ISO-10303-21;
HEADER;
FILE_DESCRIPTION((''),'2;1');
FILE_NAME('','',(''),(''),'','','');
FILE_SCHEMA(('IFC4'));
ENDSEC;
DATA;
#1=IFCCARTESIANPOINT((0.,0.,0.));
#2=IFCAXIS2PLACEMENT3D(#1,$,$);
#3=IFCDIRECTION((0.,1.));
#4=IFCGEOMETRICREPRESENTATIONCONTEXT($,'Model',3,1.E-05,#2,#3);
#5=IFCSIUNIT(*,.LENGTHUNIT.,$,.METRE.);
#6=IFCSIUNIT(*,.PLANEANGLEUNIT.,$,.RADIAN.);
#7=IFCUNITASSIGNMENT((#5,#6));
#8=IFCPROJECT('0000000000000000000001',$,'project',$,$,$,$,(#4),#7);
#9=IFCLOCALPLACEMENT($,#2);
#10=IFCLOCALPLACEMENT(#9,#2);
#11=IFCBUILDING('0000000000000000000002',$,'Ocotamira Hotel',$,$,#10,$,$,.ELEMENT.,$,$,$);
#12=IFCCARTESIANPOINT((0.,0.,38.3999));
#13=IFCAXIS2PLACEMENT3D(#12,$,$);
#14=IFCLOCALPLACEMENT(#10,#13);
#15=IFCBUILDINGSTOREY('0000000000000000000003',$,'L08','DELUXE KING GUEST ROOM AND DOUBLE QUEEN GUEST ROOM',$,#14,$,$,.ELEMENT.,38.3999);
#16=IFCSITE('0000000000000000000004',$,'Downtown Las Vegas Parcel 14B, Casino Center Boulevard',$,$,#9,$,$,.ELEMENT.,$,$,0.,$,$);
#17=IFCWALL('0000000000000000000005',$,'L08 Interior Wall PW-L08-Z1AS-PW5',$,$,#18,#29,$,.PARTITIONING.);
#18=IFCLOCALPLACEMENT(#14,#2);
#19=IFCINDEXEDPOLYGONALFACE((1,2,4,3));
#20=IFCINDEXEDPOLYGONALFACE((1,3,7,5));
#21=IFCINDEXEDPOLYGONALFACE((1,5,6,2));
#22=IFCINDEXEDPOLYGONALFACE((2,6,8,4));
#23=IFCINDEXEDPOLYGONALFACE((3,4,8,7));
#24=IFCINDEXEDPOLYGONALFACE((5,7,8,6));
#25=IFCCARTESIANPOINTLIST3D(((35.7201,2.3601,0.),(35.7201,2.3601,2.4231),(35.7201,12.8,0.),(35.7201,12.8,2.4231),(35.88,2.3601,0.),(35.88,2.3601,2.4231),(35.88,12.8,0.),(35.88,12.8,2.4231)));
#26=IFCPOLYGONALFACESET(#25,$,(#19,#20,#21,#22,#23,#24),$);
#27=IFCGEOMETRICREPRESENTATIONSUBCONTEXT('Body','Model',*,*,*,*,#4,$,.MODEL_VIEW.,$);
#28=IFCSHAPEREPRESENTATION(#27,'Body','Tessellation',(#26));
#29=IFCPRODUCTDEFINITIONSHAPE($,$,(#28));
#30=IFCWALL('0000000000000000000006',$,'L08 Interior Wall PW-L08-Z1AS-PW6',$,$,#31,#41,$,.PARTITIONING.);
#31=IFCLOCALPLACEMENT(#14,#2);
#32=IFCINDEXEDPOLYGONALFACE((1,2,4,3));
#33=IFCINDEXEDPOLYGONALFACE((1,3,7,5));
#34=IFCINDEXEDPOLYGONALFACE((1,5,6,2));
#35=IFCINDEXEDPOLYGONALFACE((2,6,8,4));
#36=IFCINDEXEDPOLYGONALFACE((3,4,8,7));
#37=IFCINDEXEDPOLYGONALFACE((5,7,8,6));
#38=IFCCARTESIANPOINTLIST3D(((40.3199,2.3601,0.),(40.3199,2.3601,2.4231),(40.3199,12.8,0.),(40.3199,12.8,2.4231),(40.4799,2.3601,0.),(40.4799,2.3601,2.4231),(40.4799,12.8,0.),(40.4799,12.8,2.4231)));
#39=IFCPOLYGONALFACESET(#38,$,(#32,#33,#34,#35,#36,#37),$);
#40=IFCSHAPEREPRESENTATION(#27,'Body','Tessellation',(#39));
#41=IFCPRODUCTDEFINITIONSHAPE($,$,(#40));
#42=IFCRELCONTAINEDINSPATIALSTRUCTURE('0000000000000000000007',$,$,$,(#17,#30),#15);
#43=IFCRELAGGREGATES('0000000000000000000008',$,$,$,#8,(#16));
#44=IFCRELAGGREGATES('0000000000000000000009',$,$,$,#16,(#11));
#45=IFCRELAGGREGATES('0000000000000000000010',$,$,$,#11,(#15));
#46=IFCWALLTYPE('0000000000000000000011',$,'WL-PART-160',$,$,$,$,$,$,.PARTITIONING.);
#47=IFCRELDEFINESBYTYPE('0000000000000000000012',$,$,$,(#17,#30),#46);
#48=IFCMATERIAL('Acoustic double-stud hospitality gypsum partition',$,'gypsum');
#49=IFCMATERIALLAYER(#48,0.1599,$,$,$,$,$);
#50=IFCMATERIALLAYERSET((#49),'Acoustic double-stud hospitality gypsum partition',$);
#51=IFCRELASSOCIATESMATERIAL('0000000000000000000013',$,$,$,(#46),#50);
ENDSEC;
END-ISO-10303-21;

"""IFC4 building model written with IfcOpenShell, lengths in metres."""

from ifc_helpers import new_model, si_unit, direction, frame, frame_2d, origin, place, context, subcontext, project, spatial, rectangle, extrude, material, layer, layer_set, type_object, element, save


model = new_model("IFC4")

# Units and contexts
model_context = context("Model", 3, precision=1e-05, world=origin(), true_north=direction((0.0, 1.0)))
body_context = subcontext(model_context, "Body", "Model", "MODEL_VIEW")
ifc_project = project(units=[si_unit("LENGTHUNIT", "METRE"), si_unit("PLANEANGLEUNIT", "RADIAN")], contexts=[model_context])

# Site, building, storey
site_placement = place(None, origin())
site = spatial("IfcSite", under=ifc_project, at=site_placement, Name="Downtown Las Vegas Parcel 14B, Casino Center Boulevard", CompositionType="ELEMENT", RefElevation=0.0)
building_placement = place(site_placement, origin())
building = spatial("IfcBuilding", under=site, at=building_placement, Name="Ocotamira Hotel", CompositionType="ELEMENT")
storey_placement = place(building_placement, frame((0.0, 0.0, 38.3999)))
storey = spatial("IfcBuildingStorey", under=building, at=storey_placement, Name="L08", Description="DELUXE KING GUEST ROOM AND DOUBLE QUEEN GUEST ROOM", CompositionType="ELEMENT", Elevation=38.3999)

# Walls
ifc_material_1 = material(Name="Acoustic double-stud hospitality gypsum partition", Category="gypsum")
ifc_layer_1 = layer(ifc_material_1, 0.1599)
ifc_layer_set_1 = layer_set([ifc_layer_1], Name="Acoustic double-stud hospitality gypsum partition")
wall_type = type_object("IfcWallType", Name="WL-PART-160", PredefinedType="PARTITIONING", material=ifc_layer_set_1)
for number, where, z_axis, x_axis, name in (
    (1, (35.8, 2.3601, 0.0), (0.0, 0.0, 1.0), (0.0, 1.0, 0.0), "L08 Interior Wall PW-L08-Z1AS-PW5"),
    (2, (40.3999, 2.3601, 0.0), (0.0, 0.0, 1.0), (0.0, 1.0, 0.0), "L08 Interior Wall PW-L08-Z1AS-PW6"),
):
    element("IfcWall", number, at=place(storey_placement, frame(where, z_axis=z_axis, x_axis=x_axis)), inside=storey, type_object=wall_type, Name=name, PredefinedType="PARTITIONING", context=body_context, shape_type="SweptSolid", body=[
        extrude(rectangle(XDim=10.4399, YDim=0.1599, at=frame_2d((5.22, 0.0))), origin(), (0.0, 0.0, 1.0), 2.4231),
    ])

save(model, "model.ifc")
